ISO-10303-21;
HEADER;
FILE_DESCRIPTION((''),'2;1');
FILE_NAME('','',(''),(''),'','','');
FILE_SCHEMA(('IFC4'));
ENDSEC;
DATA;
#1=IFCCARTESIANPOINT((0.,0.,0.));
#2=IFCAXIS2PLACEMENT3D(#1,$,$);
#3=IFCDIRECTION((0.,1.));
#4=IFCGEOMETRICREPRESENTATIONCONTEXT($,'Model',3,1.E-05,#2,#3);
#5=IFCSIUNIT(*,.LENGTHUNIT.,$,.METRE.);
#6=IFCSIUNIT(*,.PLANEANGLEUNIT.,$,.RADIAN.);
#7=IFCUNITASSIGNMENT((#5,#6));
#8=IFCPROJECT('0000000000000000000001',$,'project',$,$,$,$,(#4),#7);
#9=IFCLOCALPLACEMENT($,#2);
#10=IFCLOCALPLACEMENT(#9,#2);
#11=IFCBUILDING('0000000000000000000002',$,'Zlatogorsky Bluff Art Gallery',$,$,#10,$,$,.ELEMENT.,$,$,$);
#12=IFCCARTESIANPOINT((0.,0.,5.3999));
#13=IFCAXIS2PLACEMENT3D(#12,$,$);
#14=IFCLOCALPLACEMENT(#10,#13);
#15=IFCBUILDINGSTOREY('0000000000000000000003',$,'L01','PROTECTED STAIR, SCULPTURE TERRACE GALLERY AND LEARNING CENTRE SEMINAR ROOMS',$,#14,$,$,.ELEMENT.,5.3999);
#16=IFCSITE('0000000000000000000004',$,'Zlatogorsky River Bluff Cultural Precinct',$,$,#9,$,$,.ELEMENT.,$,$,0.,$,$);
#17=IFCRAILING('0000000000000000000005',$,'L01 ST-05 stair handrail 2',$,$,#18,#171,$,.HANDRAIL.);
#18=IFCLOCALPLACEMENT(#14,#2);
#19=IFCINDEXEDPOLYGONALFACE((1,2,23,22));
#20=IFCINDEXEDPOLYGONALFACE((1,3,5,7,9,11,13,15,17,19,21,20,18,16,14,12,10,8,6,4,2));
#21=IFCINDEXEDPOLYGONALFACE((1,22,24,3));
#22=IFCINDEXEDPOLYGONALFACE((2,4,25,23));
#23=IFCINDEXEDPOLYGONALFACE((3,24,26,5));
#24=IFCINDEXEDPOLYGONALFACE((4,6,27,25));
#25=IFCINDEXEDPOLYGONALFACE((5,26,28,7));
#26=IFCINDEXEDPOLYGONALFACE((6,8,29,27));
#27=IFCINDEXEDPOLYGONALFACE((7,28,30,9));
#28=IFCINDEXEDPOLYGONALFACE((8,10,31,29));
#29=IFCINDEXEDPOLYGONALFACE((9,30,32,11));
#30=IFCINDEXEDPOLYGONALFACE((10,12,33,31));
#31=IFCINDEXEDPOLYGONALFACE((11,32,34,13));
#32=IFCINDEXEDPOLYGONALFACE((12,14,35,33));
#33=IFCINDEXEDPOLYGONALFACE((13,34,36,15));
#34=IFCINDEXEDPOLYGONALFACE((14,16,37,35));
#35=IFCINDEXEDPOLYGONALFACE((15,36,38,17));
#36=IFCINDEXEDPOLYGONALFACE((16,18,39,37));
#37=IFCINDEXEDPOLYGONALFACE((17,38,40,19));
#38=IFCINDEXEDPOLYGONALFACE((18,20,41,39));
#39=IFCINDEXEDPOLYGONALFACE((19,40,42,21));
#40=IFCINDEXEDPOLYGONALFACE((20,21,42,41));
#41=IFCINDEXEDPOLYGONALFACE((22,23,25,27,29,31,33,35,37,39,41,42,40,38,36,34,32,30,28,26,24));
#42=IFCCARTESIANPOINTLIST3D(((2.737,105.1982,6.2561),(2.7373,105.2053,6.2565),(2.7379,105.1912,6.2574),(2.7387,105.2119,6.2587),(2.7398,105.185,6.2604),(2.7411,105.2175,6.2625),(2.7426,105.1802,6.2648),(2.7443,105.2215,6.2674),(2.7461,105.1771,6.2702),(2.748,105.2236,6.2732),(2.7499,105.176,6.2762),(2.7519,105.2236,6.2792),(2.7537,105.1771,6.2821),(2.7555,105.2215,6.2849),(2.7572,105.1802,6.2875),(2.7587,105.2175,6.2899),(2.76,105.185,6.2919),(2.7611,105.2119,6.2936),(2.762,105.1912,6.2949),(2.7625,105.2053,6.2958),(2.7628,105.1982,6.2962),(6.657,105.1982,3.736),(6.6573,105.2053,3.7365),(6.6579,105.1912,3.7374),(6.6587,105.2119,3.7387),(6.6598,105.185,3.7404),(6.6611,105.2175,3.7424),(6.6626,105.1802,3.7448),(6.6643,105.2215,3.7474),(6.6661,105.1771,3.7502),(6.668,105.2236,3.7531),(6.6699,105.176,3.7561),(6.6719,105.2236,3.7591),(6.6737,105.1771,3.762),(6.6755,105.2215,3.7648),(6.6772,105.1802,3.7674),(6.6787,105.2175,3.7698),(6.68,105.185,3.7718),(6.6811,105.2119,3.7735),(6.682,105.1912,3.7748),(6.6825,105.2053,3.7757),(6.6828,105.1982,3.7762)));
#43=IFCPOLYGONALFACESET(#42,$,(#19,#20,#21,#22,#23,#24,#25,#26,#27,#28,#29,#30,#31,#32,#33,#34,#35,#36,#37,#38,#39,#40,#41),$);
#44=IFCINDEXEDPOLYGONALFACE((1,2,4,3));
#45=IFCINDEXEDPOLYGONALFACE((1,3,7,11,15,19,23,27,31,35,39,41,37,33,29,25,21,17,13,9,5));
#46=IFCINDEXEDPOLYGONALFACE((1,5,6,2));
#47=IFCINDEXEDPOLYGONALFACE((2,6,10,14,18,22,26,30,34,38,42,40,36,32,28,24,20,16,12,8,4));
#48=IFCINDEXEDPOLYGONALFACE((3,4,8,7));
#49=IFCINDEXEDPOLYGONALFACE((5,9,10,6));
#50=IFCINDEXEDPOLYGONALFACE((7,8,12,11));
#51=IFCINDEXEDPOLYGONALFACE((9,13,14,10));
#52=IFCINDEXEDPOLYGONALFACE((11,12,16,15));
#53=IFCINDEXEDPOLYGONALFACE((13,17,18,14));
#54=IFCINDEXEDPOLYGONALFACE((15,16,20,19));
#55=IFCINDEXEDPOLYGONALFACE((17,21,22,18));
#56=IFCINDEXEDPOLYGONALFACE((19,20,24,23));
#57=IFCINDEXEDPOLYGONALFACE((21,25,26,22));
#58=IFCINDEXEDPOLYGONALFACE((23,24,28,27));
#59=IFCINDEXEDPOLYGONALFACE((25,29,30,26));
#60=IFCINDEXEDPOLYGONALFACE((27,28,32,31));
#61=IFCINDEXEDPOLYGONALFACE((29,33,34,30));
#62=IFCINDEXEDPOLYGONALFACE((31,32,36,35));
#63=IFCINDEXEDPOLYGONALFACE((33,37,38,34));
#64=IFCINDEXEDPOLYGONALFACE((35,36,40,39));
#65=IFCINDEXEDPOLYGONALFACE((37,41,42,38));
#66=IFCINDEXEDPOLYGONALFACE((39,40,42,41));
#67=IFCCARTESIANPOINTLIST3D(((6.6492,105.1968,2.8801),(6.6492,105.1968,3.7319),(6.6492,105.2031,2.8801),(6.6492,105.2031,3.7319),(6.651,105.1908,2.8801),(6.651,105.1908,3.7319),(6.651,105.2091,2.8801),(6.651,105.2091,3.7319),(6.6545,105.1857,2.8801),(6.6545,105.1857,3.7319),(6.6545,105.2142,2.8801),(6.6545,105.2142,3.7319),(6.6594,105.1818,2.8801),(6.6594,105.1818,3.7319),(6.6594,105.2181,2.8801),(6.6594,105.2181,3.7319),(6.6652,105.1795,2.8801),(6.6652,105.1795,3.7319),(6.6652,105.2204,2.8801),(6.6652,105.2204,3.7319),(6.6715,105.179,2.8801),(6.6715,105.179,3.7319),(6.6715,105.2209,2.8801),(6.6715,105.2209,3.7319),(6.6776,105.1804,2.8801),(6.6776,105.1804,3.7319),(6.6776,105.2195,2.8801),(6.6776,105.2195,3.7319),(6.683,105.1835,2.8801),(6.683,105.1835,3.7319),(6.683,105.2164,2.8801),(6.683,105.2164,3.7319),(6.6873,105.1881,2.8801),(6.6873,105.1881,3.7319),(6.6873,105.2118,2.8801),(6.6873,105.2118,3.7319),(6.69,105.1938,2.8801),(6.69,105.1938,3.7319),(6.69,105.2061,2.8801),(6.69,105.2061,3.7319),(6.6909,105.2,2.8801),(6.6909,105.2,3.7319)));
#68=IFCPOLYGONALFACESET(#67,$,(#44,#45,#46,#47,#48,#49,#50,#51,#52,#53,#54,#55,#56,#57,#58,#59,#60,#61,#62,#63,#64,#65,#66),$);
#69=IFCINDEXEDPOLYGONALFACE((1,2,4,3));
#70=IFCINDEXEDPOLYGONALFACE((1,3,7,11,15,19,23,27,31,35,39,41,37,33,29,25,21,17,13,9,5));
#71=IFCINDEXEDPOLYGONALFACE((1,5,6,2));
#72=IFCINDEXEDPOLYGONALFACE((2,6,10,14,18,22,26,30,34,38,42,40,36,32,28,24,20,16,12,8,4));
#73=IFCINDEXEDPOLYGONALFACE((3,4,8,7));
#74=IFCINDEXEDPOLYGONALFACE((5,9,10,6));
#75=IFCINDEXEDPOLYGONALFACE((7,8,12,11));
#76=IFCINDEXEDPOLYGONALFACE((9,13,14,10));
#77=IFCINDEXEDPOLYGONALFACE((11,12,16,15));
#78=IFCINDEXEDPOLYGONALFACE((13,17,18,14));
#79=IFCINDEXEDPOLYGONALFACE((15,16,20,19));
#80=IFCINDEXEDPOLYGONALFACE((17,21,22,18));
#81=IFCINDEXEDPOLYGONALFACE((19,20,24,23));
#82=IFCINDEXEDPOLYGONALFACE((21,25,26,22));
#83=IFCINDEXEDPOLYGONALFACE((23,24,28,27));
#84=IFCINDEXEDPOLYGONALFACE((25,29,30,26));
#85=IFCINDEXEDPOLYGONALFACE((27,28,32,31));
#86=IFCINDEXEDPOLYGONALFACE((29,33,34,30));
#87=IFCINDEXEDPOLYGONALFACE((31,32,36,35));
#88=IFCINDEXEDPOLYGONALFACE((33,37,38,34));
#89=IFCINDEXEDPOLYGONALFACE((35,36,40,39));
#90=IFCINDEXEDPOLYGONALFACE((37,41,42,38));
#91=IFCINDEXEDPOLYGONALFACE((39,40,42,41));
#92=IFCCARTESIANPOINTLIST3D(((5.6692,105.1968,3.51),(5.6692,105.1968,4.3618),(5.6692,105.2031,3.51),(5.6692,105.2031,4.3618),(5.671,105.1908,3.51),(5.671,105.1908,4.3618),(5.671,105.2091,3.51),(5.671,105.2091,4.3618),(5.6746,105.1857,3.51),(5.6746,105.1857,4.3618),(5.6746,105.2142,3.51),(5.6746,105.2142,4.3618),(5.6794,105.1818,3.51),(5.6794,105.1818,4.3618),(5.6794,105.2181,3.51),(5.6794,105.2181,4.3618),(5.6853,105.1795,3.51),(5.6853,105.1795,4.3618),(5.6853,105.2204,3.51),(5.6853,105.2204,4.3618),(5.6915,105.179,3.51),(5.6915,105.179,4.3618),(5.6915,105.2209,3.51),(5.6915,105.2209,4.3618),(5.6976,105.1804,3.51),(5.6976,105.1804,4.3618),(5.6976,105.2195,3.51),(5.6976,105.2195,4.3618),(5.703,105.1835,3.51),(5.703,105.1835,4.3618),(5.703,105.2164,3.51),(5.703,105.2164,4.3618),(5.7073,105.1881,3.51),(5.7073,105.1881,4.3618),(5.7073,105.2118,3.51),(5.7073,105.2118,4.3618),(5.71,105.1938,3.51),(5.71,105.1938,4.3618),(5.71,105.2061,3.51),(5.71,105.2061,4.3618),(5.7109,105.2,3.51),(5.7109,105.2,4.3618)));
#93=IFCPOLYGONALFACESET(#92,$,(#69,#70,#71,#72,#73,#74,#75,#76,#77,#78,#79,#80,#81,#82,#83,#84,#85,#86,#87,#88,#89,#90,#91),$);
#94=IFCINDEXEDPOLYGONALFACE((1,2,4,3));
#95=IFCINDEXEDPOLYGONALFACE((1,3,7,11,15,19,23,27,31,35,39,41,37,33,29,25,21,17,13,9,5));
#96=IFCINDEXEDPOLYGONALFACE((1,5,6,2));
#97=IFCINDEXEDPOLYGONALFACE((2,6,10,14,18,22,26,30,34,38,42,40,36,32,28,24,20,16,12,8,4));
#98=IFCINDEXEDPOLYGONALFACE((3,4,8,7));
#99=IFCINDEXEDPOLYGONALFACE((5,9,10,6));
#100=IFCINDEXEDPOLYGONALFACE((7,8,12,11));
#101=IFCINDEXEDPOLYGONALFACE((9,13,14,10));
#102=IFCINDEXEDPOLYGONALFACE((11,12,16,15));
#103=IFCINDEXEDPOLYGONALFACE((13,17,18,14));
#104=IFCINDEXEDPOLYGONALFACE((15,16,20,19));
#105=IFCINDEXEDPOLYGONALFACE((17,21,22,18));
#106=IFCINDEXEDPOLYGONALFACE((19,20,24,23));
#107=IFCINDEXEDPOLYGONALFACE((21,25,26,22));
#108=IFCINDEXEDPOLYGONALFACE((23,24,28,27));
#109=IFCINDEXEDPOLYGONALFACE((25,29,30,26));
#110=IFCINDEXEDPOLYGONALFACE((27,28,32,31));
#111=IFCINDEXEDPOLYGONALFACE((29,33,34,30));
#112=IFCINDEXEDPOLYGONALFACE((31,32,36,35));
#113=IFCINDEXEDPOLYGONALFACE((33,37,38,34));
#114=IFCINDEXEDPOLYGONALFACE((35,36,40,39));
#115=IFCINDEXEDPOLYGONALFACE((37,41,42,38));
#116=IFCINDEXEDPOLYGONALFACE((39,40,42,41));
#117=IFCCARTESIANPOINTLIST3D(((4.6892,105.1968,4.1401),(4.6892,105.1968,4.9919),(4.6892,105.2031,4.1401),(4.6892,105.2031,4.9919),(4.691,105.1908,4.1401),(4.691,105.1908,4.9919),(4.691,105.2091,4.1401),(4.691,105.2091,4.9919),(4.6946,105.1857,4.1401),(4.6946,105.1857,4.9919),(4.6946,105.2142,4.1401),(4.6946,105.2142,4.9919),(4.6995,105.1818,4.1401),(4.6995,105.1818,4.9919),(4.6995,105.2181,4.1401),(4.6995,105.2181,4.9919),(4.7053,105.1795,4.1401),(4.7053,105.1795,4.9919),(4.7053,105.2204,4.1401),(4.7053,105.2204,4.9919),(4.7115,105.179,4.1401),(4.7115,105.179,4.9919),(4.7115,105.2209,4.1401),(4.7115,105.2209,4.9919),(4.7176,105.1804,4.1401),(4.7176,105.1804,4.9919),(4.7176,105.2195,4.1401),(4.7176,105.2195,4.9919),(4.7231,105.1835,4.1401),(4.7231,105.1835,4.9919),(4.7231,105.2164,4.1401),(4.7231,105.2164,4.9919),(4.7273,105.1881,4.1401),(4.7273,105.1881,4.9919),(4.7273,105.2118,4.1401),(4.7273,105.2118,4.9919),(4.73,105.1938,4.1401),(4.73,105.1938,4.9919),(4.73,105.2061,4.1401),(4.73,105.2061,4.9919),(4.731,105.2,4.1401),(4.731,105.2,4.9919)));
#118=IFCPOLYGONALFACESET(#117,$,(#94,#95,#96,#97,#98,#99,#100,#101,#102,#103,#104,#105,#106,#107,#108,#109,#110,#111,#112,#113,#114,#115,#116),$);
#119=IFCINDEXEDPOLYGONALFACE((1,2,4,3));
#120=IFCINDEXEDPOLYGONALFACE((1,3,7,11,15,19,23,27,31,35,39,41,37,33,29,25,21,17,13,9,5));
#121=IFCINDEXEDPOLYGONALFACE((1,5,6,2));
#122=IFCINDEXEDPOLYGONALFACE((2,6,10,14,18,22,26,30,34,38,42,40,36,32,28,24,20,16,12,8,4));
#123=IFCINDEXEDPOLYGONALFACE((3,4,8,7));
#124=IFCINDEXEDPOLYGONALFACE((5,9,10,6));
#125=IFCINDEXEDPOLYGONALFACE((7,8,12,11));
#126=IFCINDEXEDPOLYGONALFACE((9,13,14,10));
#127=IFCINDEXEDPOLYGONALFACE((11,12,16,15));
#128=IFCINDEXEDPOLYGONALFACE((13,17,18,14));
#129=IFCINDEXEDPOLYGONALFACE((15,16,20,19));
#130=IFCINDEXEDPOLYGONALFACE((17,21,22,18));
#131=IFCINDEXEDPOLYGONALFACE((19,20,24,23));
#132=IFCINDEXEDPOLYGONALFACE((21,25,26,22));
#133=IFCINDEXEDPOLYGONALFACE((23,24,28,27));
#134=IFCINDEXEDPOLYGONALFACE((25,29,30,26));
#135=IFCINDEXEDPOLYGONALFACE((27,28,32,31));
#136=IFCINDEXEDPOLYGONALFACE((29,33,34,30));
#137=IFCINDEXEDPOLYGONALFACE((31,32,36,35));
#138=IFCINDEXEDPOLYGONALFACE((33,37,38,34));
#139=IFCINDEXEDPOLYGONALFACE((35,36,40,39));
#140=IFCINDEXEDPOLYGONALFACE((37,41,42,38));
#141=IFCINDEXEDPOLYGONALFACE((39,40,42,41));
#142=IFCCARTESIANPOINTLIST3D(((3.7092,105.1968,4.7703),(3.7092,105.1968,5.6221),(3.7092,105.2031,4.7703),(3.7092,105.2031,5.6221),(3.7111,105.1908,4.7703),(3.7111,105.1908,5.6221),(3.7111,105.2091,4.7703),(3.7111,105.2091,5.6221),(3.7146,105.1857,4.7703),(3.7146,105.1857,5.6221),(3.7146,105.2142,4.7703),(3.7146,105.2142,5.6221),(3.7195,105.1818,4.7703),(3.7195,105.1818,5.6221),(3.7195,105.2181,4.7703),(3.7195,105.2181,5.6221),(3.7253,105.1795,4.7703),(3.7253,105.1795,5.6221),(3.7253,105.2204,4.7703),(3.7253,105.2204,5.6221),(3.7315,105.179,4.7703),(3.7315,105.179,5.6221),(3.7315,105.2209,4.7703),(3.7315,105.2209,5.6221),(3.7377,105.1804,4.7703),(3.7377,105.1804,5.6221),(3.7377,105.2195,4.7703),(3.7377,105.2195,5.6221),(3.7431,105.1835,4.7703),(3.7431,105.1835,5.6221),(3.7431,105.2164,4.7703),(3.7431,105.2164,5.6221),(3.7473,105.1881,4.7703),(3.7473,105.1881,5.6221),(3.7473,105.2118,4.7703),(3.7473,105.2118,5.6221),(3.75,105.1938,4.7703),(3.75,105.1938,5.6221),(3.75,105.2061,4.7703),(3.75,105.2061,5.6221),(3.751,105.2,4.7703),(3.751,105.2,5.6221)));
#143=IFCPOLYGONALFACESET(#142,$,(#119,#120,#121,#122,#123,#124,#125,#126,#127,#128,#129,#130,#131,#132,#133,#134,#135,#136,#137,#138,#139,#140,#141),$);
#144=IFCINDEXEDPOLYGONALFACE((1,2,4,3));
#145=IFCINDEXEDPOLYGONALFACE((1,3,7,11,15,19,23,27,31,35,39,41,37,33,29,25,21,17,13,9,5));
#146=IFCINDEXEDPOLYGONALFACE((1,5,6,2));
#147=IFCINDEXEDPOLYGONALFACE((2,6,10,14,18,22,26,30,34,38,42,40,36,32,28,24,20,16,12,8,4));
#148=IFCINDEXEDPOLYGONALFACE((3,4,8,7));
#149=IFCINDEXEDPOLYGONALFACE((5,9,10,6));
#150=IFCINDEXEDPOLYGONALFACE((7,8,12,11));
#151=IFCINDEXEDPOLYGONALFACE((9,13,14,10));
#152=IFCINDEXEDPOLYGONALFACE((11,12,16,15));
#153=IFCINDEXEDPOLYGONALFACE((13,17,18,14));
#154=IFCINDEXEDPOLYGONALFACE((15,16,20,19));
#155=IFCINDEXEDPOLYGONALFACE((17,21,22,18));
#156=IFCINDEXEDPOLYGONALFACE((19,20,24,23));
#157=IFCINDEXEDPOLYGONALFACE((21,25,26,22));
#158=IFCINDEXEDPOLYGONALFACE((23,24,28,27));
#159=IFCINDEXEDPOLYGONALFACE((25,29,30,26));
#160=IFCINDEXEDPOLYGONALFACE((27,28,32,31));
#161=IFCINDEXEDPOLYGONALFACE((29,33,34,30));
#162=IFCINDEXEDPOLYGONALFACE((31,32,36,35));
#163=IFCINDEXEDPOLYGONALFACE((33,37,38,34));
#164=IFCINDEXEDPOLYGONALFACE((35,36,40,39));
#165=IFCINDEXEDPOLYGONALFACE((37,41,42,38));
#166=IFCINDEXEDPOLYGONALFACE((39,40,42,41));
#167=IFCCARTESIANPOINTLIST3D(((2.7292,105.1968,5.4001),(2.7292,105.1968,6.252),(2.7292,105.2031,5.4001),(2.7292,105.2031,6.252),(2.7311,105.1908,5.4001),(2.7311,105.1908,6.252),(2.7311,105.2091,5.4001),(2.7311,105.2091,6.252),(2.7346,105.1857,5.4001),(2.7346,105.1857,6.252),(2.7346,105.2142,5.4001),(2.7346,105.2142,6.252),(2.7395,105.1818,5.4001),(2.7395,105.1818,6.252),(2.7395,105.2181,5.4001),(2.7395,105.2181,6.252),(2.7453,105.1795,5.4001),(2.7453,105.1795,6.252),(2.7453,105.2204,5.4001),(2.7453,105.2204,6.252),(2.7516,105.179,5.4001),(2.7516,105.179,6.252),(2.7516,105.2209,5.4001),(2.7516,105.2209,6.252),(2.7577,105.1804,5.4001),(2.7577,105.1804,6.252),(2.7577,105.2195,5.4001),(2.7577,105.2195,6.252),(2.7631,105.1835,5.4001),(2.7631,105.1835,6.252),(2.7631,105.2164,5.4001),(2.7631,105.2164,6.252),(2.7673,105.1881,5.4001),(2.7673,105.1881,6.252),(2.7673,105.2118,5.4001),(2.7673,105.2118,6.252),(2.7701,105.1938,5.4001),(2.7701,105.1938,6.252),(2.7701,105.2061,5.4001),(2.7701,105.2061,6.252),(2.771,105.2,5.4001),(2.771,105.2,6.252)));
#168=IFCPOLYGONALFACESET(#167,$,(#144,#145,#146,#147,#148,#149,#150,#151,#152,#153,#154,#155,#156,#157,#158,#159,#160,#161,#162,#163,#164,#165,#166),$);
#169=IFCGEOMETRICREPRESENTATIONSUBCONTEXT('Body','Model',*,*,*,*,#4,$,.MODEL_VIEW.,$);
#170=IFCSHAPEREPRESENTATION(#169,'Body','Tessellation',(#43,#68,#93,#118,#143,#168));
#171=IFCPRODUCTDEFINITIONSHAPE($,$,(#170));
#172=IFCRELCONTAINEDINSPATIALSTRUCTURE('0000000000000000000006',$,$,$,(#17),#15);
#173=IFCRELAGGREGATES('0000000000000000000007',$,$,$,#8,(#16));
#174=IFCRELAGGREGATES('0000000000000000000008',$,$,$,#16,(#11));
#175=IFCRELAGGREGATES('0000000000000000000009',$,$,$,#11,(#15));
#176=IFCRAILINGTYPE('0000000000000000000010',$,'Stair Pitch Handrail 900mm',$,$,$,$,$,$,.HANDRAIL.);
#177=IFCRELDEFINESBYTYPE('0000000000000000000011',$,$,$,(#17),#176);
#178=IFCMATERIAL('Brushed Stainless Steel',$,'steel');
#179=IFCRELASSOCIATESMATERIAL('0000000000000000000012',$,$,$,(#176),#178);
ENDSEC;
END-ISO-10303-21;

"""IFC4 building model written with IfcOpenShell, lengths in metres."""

from ifc_helpers import new_model, si_unit, direction, frame, origin, origin_2d, place, context, subcontext, project, spatial, circle, extrude, material, type_object, element, save


model = new_model("IFC4")

# Units and contexts
model_context = context("Model", 3, precision=1e-05, world=origin(), true_north=direction((0.0, 1.0)))
body_context = subcontext(model_context, "Body", "Model", "MODEL_VIEW")
ifc_project = project(units=[si_unit("LENGTHUNIT", "METRE"), si_unit("PLANEANGLEUNIT", "RADIAN")], contexts=[model_context])

# Site, building, storey
site_placement = place(None, origin())
site = spatial("IfcSite", under=ifc_project, at=site_placement, Name="Zlatogorsky River Bluff Cultural Precinct", CompositionType="ELEMENT", RefElevation=0.0)
building_placement = place(site_placement, origin())
building = spatial("IfcBuilding", under=site, at=building_placement, Name="Zlatogorsky Bluff Art Gallery", CompositionType="ELEMENT")
storey_placement = place(building_placement, frame((0.0, 0.0, 5.3999)))
storey = spatial("IfcBuildingStorey", under=building, at=storey_placement, Name="L01", Description="PROTECTED STAIR, SCULPTURE TERRACE GALLERY AND LEARNING CENTRE SEMINAR ROOMS", CompositionType="ELEMENT", Elevation=5.3999)

# Railing
ifc_material_1 = material(Name="Brushed Stainless Steel", Category="steel")
railing_type_1 = type_object("IfcRailingType", Name="Stair Pitch Handrail 900mm", PredefinedType="HANDRAIL", material=ifc_material_1)
railing_1_placement = place(storey_placement, frame((6.6699, 105.2, 2.8801)))
element("IfcRailing", 1, at=railing_1_placement, inside=storey, type_object=railing_type_1, Name="L01 ST-05 stair handrail 2", PredefinedType="HANDRAIL", context=body_context, shape_type="SweptSolid", body=[
    extrude(circle(Radius=0.0239, at=origin_2d()), frame((0.0, 0.0, 0.876), z_axis=(-0.841172, 0.0, 0.540768), x_axis=(0.0, -1.0, 0.0)), (0.0, 0.0, 1.0), 4.6602),
    extrude(circle(Radius=0.021, at=origin_2d()), origin(), (0.0, 0.0, 1.0), 0.8518),
    extrude(circle(Radius=0.021, at=origin_2d()), frame((-0.98, 0.0, 0.6299)), (0.0, 0.0, 1.0), 0.8518),
    extrude(circle(Radius=0.021, at=origin_2d()), frame((-1.96, 0.0, 1.26)), (0.0, 0.0, 1.0), 0.8518),
    extrude(circle(Radius=0.021, at=origin_2d()), frame((-2.9399, 0.0, 1.8901)), (0.0, 0.0, 1.0), 0.8518),
    extrude(circle(Radius=0.021, at=origin_2d()), frame((-3.9199, 0.0, 2.52)), (0.0, 0.0, 1.0), 0.8518),
])

save(model, "model.ifc")
